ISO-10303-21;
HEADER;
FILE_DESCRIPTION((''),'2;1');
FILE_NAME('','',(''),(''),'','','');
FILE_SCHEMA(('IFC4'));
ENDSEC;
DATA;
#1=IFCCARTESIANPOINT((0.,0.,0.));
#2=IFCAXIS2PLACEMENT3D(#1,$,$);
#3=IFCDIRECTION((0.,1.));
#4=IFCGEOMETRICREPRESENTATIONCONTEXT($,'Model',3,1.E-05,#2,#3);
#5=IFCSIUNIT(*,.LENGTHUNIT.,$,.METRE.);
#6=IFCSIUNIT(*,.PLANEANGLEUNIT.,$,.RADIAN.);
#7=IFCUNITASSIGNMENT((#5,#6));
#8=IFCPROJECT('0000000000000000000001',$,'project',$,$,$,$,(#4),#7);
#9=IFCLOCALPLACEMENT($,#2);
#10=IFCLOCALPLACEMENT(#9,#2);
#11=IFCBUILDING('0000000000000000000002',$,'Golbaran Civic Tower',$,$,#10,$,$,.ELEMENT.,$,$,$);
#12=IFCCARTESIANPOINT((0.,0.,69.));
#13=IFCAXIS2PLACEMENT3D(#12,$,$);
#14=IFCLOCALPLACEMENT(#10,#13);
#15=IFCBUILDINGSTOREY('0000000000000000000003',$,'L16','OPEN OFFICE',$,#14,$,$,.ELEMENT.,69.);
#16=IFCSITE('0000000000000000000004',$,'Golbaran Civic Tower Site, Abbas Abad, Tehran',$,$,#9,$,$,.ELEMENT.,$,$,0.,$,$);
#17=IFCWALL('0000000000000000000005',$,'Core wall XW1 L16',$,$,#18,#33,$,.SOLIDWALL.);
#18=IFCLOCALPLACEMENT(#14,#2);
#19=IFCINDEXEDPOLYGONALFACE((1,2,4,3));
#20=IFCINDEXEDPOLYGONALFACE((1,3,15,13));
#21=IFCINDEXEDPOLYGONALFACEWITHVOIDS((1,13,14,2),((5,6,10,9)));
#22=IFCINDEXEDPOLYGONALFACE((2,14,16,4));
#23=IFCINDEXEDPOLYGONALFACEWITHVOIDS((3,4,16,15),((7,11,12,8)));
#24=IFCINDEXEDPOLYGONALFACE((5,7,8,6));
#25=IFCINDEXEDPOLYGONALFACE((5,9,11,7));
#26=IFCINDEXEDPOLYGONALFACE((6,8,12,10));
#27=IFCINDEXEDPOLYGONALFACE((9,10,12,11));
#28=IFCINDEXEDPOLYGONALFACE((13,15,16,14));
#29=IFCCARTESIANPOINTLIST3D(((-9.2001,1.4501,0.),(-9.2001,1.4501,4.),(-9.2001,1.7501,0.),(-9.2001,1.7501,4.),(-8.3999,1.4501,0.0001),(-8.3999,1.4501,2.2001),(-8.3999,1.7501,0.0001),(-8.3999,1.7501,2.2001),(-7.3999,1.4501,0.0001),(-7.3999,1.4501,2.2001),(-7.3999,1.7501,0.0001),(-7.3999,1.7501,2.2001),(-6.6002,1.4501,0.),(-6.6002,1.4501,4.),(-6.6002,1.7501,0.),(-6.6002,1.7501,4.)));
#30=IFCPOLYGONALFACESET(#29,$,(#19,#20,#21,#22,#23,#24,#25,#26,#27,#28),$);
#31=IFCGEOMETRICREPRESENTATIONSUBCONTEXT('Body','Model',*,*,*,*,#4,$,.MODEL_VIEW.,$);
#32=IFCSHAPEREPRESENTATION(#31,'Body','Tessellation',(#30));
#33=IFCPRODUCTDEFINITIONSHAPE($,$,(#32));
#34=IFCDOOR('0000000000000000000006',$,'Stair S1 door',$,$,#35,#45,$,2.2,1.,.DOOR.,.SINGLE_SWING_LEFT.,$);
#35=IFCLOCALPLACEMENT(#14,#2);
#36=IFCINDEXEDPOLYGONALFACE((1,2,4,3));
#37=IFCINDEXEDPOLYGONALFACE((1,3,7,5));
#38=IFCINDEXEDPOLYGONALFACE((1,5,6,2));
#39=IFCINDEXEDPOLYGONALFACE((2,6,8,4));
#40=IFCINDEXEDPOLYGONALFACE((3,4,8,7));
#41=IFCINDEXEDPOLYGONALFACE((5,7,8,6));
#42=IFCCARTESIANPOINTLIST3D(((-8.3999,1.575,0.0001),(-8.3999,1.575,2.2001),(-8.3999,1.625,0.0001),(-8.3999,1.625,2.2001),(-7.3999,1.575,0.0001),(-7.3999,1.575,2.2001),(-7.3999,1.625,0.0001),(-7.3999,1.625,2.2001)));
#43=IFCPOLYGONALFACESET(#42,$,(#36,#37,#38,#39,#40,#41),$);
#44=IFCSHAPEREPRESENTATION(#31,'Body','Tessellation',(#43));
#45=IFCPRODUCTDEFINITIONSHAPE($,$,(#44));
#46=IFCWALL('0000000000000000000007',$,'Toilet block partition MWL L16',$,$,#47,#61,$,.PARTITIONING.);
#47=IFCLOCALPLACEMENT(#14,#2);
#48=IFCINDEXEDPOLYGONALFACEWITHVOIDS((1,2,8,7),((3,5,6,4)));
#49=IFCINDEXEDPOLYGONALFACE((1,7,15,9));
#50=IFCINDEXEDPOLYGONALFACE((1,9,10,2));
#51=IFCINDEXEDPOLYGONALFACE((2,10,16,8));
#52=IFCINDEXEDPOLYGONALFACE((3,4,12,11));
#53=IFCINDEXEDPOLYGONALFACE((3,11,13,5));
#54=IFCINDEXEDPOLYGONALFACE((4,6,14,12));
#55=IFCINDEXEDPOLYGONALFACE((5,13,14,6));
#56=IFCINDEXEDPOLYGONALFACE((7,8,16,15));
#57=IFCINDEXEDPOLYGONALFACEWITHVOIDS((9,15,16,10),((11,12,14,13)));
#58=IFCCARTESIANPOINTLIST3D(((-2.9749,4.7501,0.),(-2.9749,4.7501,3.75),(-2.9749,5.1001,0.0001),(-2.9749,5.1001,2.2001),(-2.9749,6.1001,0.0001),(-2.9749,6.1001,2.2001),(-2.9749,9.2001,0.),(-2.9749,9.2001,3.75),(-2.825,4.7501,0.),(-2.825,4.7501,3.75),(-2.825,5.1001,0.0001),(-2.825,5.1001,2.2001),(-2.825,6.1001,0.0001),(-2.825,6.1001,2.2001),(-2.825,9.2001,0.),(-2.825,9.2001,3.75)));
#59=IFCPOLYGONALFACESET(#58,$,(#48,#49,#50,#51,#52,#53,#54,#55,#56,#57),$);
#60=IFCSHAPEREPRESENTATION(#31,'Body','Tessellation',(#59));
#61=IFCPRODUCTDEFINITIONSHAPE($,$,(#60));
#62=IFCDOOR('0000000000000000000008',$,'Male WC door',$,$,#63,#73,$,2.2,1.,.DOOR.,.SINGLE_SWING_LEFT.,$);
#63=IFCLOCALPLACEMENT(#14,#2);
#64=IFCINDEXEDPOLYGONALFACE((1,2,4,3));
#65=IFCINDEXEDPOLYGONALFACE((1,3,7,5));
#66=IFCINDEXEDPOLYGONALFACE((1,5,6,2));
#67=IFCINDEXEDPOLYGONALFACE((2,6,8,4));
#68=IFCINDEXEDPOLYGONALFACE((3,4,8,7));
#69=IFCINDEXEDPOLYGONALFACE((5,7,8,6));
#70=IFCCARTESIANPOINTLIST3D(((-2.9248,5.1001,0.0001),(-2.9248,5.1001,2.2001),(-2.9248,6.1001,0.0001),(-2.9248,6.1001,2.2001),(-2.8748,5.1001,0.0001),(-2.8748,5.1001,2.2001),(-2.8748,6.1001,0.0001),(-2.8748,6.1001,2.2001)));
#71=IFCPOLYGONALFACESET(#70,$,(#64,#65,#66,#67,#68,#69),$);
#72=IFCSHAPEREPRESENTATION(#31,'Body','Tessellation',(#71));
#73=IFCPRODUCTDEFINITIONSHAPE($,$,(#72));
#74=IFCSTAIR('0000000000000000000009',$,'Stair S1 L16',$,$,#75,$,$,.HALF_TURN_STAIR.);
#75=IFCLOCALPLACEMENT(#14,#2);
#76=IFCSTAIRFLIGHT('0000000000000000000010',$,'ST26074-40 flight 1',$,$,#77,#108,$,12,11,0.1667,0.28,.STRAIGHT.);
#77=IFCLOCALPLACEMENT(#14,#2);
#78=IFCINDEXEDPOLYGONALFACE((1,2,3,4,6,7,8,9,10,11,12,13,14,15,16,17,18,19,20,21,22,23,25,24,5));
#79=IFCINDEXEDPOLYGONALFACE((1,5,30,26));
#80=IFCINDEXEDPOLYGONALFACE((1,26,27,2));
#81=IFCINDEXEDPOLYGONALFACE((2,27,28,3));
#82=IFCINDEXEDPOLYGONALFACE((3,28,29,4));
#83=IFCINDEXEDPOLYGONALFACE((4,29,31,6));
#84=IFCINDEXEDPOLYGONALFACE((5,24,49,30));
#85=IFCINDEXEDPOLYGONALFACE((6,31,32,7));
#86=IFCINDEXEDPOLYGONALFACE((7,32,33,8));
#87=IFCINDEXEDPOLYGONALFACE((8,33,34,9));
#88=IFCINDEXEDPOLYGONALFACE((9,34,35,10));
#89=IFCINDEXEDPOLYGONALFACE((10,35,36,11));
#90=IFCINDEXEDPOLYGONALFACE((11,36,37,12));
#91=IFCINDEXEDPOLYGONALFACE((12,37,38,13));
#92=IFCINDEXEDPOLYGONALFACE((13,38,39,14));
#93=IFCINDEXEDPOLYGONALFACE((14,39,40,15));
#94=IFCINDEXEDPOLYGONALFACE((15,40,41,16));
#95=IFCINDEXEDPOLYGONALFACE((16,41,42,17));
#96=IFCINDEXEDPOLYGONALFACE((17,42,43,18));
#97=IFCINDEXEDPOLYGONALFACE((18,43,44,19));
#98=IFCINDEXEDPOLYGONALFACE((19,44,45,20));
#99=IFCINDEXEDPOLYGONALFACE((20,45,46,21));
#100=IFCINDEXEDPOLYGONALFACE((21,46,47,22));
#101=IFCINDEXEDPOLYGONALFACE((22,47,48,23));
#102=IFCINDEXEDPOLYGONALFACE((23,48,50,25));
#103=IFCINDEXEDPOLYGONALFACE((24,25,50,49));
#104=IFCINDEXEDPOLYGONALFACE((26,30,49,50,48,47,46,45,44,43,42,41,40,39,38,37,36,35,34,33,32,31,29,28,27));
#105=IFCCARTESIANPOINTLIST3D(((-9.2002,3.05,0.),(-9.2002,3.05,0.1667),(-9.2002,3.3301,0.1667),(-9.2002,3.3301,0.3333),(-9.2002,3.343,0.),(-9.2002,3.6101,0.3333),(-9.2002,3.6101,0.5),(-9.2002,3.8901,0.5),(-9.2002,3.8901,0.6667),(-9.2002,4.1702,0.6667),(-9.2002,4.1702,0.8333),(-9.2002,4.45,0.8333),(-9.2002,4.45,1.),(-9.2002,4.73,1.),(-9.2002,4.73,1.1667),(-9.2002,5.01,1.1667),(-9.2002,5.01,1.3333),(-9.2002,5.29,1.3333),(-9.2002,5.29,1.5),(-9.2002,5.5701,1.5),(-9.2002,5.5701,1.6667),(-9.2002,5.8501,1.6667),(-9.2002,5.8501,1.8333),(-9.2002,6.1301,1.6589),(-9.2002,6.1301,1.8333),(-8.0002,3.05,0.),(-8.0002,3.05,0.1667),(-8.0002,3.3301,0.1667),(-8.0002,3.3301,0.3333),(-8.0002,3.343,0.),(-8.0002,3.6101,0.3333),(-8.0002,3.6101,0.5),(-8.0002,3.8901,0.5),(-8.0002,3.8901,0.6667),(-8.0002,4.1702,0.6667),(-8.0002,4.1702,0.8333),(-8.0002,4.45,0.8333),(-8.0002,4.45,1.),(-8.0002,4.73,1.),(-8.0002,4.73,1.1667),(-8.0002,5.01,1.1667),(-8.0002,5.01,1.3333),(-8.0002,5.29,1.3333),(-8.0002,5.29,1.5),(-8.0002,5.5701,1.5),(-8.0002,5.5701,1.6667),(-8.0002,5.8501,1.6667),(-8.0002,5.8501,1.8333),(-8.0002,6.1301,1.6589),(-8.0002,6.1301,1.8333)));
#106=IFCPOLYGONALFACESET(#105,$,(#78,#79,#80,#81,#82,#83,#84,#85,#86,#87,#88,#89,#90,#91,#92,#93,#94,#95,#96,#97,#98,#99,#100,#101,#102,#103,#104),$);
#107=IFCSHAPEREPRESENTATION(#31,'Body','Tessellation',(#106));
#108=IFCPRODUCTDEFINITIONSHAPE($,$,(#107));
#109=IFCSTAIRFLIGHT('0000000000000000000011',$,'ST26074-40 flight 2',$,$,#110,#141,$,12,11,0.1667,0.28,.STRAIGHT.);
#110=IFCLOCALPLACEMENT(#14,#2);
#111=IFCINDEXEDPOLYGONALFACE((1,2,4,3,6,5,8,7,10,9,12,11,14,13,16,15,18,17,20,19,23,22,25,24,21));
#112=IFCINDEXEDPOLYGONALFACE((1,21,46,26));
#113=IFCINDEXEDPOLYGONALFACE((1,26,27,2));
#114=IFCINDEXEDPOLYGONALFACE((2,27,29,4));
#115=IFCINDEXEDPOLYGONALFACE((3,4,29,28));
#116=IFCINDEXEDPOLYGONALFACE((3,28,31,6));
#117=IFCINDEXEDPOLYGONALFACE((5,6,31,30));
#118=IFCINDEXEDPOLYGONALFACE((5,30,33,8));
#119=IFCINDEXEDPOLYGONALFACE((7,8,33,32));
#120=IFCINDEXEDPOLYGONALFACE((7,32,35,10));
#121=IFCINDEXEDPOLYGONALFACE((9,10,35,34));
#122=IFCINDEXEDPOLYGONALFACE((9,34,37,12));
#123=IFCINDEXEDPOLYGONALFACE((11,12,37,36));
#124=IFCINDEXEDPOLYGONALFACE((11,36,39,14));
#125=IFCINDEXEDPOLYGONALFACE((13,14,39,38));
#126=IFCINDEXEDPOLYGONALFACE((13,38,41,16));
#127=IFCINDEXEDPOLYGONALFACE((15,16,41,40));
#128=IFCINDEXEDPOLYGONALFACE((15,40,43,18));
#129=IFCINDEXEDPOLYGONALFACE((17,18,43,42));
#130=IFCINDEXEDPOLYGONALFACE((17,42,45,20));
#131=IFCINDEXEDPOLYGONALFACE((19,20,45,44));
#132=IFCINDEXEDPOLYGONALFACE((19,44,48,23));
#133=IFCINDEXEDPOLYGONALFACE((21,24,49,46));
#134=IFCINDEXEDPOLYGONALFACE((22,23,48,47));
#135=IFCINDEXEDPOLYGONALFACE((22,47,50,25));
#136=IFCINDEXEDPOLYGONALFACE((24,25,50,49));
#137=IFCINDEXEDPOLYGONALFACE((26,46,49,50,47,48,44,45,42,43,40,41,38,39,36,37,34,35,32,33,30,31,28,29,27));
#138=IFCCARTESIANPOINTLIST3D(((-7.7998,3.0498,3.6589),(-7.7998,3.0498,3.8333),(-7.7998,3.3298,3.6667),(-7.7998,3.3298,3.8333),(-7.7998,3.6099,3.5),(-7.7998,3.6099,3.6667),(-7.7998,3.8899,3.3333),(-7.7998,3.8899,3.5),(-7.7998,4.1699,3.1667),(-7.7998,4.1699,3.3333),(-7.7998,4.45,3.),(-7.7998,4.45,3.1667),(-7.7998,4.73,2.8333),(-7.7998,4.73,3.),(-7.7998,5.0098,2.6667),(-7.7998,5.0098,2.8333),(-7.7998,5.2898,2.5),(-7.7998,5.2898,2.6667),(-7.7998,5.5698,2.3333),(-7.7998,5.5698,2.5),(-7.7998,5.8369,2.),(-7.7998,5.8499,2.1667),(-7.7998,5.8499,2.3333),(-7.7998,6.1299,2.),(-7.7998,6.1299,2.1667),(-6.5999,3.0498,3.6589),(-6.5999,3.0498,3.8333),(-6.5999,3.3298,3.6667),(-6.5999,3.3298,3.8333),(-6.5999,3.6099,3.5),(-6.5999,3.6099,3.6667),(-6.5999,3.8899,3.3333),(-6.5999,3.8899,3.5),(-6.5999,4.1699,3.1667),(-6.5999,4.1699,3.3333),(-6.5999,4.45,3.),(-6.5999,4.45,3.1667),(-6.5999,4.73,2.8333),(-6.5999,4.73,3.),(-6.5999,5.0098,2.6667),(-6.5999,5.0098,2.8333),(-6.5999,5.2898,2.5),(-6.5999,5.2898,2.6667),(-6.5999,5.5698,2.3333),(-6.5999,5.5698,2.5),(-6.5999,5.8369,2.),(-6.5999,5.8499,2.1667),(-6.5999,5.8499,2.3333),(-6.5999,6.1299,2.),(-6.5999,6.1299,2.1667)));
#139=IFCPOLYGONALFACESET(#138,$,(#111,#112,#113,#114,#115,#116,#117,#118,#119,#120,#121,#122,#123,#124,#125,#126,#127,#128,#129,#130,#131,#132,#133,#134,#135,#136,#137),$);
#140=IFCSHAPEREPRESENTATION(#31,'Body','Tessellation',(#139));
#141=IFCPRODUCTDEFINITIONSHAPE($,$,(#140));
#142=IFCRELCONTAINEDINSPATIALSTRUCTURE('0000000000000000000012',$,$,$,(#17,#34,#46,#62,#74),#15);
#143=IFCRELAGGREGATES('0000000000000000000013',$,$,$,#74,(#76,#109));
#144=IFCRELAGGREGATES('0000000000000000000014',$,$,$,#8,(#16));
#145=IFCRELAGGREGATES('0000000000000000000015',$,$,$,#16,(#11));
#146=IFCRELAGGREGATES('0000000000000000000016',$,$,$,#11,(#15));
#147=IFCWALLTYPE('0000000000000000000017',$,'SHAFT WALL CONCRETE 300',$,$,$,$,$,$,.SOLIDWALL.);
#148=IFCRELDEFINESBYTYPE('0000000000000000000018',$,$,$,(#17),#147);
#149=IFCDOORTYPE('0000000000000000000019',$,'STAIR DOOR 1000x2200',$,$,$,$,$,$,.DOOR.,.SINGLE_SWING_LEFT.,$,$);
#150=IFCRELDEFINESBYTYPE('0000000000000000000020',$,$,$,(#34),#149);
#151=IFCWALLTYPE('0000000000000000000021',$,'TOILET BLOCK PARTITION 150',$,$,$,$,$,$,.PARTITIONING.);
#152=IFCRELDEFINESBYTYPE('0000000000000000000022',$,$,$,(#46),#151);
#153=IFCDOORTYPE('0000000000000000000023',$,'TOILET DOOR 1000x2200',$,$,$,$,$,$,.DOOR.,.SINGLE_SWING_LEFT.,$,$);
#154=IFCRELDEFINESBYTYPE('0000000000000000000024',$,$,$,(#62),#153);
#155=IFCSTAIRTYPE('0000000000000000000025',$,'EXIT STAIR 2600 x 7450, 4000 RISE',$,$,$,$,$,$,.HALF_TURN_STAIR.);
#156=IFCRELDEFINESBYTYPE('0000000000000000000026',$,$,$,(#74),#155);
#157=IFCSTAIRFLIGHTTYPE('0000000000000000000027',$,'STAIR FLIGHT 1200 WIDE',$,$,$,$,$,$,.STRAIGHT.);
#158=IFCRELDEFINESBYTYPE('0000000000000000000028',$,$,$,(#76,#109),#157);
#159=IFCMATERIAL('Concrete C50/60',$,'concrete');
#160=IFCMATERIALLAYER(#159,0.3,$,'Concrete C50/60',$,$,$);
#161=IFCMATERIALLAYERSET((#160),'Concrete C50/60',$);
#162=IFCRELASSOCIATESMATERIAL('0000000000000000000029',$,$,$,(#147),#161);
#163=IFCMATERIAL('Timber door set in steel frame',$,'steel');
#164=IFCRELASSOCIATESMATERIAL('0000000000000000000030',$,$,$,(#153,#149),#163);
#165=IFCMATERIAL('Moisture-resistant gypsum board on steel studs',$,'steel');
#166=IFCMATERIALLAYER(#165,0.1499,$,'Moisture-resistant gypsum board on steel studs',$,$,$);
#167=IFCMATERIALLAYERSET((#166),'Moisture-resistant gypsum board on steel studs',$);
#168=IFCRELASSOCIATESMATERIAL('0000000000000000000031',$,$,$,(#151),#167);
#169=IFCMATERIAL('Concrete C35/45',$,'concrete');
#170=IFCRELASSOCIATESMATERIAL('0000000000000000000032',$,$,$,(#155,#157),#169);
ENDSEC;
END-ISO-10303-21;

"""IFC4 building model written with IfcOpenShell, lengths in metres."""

from ifc_helpers import new_model, si_unit, direction, frame, frame_2d, origin, place, context, subcontext, project, spatial, polyline, rectangle, outline, extrude, material, layer, layer_set, type_object, element, fill, aggregate, save


model = new_model("IFC4")

# Units and contexts
model_context = context("Model", 3, precision=1e-05, world=origin(), true_north=direction((0.0, 1.0)))
body_context = subcontext(model_context, "Body", "Model", "MODEL_VIEW")
ifc_project = project(units=[si_unit("LENGTHUNIT", "METRE"), si_unit("PLANEANGLEUNIT", "RADIAN")], contexts=[model_context])

# Site, building, storey
site_placement = place(None, origin())
site = spatial("IfcSite", under=ifc_project, at=site_placement, Name="Golbaran Civic Tower Site, Abbas Abad, Tehran", CompositionType="ELEMENT", RefElevation=0.0)
building_placement = place(site_placement, origin())
building = spatial("IfcBuilding", under=site, at=building_placement, Name="Golbaran Civic Tower", CompositionType="ELEMENT")
storey_placement = place(building_placement, frame((0.0, 0.0, 69.0)))
storey = spatial("IfcBuildingStorey", under=building, at=storey_placement, Name="L16", Description="OPEN OFFICE", CompositionType="ELEMENT", Elevation=69.0)

# Shared definitions
ifc_material_1 = material(Name="Concrete C50/60", Category="concrete")
ifc_material_2 = material(Name="Timber door set in steel frame", Category="steel")

# Shared definitions
ifc_layer_1 = layer(ifc_material_1, 0.3, Name="Concrete C50/60")
ifc_layer_set_1 = layer_set([ifc_layer_1], Name="Concrete C50/60")
wall_type_1 = type_object("IfcWallType", Name="SHAFT WALL CONCRETE 300", PredefinedType="SOLIDWALL", material=ifc_layer_set_1)

# Walls, openings, doors
door_type_1 = type_object("IfcDoorType", Name="TOILET DOOR 1000x2200", OperationType="SINGLE_SWING_LEFT", PredefinedType="DOOR", material=ifc_material_2)
wall_1_placement = place(storey_placement, frame((-9.2, 1.6001, 0.0), z_axis=(0.0, 0.0, 1.0), x_axis=(1.0, 0.0, 0.0)))
wall_1 = element("IfcWall", 1, at=wall_1_placement, inside=storey, type_object=wall_type_1, Name="Core wall XW1 L16", PredefinedType="SOLIDWALL", context=body_context, shape_type="SweptSolid", body=[
    extrude(rectangle(XDim=2.5999, YDim=0.3, at=frame_2d((1.2998, 0.0))), origin(), (0.0, 0.0, 1.0), 4.0),
])
opening_1_placement = place(wall_1_placement, frame((0.8, 0.0, 0.0)))
opening_1 = element("IfcOpeningElement", 2, at=opening_1_placement, cuts=wall_1, PredefinedType="OPENING", context=body_context, shape_type="SweptSolid", body=[
    extrude(rectangle(XDim=1.0, YDim=2.2, at=frame_2d((0.5, 1.1001))), frame((0.0, 0.1599, 0.0), z_axis=(0.0, -1.0, 0.0), x_axis=(1.0, 0.0, 0.0)), (0.0, 0.0, 1.0), 0.3201),
])
door_type_2 = type_object("IfcDoorType", Name="STAIR DOOR 1000x2200", OperationType="SINGLE_SWING_LEFT", PredefinedType="DOOR", material=ifc_material_2)
door_1_placement = place(opening_1_placement, origin())
door_1 = element("IfcDoor", 3, at=door_1_placement, inside=storey, type_object=door_type_2, Name="Stair S1 door", OperationType="SINGLE_SWING_LEFT", OverallHeight=2.2, OverallWidth=1.0, PredefinedType="DOOR", context=body_context, shape_type="SweptSolid", body=[
    extrude(rectangle(XDim=1.0, YDim=2.2, at=frame_2d((0.5, 1.1001))), frame((0.0, 0.0249, 0.0), z_axis=(0.0, -1.0, 0.0), x_axis=(1.0, 0.0, 0.0)), (0.0, 0.0, 1.0), 0.05),
])
fill(opening_1, door_1)
ifc_material_3 = material(Name="Moisture-resistant gypsum board on steel studs", Category="steel")
ifc_layer_2 = layer(ifc_material_3, 0.1499, Name="Moisture-resistant gypsum board on steel studs")
ifc_layer_set_2 = layer_set([ifc_layer_2], Name="Moisture-resistant gypsum board on steel studs")
wall_type_2 = type_object("IfcWallType", Name="TOILET BLOCK PARTITION 150", PredefinedType="PARTITIONING", material=ifc_layer_set_2)
wall_2_placement = place(storey_placement, frame((-2.8999, 4.75, 0.0), z_axis=(0.0, 0.0, 1.0), x_axis=(0.0, 1.0, 0.0)))
wall_2 = element("IfcWall", 4, at=wall_2_placement, inside=storey, type_object=wall_type_2, Name="Toilet block partition MWL L16", PredefinedType="PARTITIONING", context=body_context, shape_type="SweptSolid", body=[
    extrude(rectangle(XDim=4.45, YDim=0.1499, at=frame_2d((2.2251, 0.0))), origin(), (0.0, 0.0, 1.0), 3.75),
])
opening_2_placement = place(wall_2_placement, frame((0.3501, 0.0, 0.0)))
opening_2 = element("IfcOpeningElement", 5, at=opening_2_placement, cuts=wall_2, PredefinedType="OPENING", context=body_context, shape_type="SweptSolid", body=[
    extrude(rectangle(XDim=1.0, YDim=2.2, at=frame_2d((0.5, 1.1001))), frame((0.0, 0.085, 0.0), z_axis=(0.0, -1.0, 0.0), x_axis=(1.0, 0.0, 0.0)), (0.0, 0.0, 1.0), 0.1699),
])
door_2_placement = place(opening_2_placement, origin())
door_2 = element("IfcDoor", 6, at=door_2_placement, inside=storey, type_object=door_type_1, Name="Male WC door", OperationType="SINGLE_SWING_LEFT", OverallHeight=2.2, OverallWidth=1.0, PredefinedType="DOOR", context=body_context, shape_type="SweptSolid", body=[
    extrude(rectangle(XDim=1.0, YDim=2.2, at=frame_2d((0.5, 1.1001))), frame((0.0, 0.0249, 0.0), z_axis=(0.0, -1.0, 0.0), x_axis=(1.0, 0.0, 0.0)), (0.0, 0.0, 1.0), 0.05),
])
fill(opening_2, door_2)

# Stair, stair flights
ifc_material_4 = material(Name="Concrete C35/45", Category="concrete")
stair_type = type_object("IfcStairType", Name="EXIT STAIR 2600 x 7450, 4000 RISE", PredefinedType="HALF_TURN_STAIR", material=ifc_material_4)
stair_placement = place(storey_placement, origin())
stair = element("IfcStair", 7, at=stair_placement, inside=storey, type_object=stair_type, Name="Stair S1 L16", PredefinedType="HALF_TURN_STAIR")
stair_flight_type = type_object("IfcStairFlightType", Name="STAIR FLIGHT 1200 WIDE", PredefinedType="STRAIGHT", material=ifc_material_4)
stair_flight_1_placement = place(storey_placement, frame((-8.6001, 3.05, 0.0), z_axis=(0.0, 0.0, 1.0), x_axis=(0.0, 1.0, 0.0)))
stair_flight_1 = element("IfcStairFlight", 8, at=stair_flight_1_placement, type_object=stair_flight_type, Name="ST26074-40 flight 1", NumberOfRisers=12, NumberOfTreads=11, PredefinedType="STRAIGHT", RiserHeight=0.1667, TreadLength=0.28, context=body_context, shape_type="SweptSolid", body=[
    extrude(outline(polyline([(0.0, 0.0), (0.0, 0.1667), (0.28, 0.1667), (0.28, 0.3333), (0.5601, 0.3333), (0.5601, 0.5), (0.8401, 0.5), (0.8401, 0.6667), (1.1201, 0.6667), (1.1201, 0.8333), (1.3999, 0.8333), (1.3999, 1.0), (1.6799, 1.0), (1.6799, 1.1667), (1.96, 1.1667), (1.96, 1.3333), (2.24, 1.3333), (2.24, 1.5), (2.52, 1.5), (2.52, 1.6667), (2.8, 1.6667), (2.8, 1.8333), (3.0801, 1.8333), (3.0801, 2.0), (3.0801, 1.6589), (0.293, 0.0), (0.0, 0.0)])), frame((0.0, 0.6001, 0.0), z_axis=(0.0, -1.0, 0.0), x_axis=(1.0, 0.0, 0.0)), (0.0, 0.0, 1.0), 1.2),
])
stair_flight_2_placement = place(storey_placement, frame((-7.2, 6.1299, 2.0), z_axis=(0.0, 0.0, 1.0), x_axis=(0.0, -1.0, 0.0)))
stair_flight_2 = element("IfcStairFlight", 9, at=stair_flight_2_placement, type_object=stair_flight_type, Name="ST26074-40 flight 2", NumberOfRisers=12, NumberOfTreads=11, PredefinedType="STRAIGHT", RiserHeight=0.1667, TreadLength=0.28, context=body_context, shape_type="SweptSolid", body=[
    extrude(outline(polyline([(0.0, 0.0), (0.0, 0.1667), (0.28, 0.1667), (0.28, 0.3333), (0.5601, 0.3333), (0.5601, 0.5), (0.8401, 0.5), (0.8401, 0.6667), (1.1201, 0.6667), (1.1201, 0.8333), (1.3999, 0.8333), (1.3999, 1.0), (1.6799, 1.0), (1.6799, 1.1667), (1.96, 1.1667), (1.96, 1.3333), (2.24, 1.3333), (2.24, 1.5), (2.52, 1.5), (2.52, 1.6667), (2.8, 1.6667), (2.8, 1.8333), (3.0801, 1.8333), (3.0801, 2.0), (3.0801, 1.6589), (0.293, 0.0), (0.0, 0.0)])), frame((0.0, 0.6001, 0.0), z_axis=(0.0, -1.0, 0.0), x_axis=(1.0, 0.0, 0.0)), (0.0, 0.0, 1.0), 1.2),
])
aggregate(stair, [stair_flight_1, stair_flight_2])

save(model, "model.ifc")
